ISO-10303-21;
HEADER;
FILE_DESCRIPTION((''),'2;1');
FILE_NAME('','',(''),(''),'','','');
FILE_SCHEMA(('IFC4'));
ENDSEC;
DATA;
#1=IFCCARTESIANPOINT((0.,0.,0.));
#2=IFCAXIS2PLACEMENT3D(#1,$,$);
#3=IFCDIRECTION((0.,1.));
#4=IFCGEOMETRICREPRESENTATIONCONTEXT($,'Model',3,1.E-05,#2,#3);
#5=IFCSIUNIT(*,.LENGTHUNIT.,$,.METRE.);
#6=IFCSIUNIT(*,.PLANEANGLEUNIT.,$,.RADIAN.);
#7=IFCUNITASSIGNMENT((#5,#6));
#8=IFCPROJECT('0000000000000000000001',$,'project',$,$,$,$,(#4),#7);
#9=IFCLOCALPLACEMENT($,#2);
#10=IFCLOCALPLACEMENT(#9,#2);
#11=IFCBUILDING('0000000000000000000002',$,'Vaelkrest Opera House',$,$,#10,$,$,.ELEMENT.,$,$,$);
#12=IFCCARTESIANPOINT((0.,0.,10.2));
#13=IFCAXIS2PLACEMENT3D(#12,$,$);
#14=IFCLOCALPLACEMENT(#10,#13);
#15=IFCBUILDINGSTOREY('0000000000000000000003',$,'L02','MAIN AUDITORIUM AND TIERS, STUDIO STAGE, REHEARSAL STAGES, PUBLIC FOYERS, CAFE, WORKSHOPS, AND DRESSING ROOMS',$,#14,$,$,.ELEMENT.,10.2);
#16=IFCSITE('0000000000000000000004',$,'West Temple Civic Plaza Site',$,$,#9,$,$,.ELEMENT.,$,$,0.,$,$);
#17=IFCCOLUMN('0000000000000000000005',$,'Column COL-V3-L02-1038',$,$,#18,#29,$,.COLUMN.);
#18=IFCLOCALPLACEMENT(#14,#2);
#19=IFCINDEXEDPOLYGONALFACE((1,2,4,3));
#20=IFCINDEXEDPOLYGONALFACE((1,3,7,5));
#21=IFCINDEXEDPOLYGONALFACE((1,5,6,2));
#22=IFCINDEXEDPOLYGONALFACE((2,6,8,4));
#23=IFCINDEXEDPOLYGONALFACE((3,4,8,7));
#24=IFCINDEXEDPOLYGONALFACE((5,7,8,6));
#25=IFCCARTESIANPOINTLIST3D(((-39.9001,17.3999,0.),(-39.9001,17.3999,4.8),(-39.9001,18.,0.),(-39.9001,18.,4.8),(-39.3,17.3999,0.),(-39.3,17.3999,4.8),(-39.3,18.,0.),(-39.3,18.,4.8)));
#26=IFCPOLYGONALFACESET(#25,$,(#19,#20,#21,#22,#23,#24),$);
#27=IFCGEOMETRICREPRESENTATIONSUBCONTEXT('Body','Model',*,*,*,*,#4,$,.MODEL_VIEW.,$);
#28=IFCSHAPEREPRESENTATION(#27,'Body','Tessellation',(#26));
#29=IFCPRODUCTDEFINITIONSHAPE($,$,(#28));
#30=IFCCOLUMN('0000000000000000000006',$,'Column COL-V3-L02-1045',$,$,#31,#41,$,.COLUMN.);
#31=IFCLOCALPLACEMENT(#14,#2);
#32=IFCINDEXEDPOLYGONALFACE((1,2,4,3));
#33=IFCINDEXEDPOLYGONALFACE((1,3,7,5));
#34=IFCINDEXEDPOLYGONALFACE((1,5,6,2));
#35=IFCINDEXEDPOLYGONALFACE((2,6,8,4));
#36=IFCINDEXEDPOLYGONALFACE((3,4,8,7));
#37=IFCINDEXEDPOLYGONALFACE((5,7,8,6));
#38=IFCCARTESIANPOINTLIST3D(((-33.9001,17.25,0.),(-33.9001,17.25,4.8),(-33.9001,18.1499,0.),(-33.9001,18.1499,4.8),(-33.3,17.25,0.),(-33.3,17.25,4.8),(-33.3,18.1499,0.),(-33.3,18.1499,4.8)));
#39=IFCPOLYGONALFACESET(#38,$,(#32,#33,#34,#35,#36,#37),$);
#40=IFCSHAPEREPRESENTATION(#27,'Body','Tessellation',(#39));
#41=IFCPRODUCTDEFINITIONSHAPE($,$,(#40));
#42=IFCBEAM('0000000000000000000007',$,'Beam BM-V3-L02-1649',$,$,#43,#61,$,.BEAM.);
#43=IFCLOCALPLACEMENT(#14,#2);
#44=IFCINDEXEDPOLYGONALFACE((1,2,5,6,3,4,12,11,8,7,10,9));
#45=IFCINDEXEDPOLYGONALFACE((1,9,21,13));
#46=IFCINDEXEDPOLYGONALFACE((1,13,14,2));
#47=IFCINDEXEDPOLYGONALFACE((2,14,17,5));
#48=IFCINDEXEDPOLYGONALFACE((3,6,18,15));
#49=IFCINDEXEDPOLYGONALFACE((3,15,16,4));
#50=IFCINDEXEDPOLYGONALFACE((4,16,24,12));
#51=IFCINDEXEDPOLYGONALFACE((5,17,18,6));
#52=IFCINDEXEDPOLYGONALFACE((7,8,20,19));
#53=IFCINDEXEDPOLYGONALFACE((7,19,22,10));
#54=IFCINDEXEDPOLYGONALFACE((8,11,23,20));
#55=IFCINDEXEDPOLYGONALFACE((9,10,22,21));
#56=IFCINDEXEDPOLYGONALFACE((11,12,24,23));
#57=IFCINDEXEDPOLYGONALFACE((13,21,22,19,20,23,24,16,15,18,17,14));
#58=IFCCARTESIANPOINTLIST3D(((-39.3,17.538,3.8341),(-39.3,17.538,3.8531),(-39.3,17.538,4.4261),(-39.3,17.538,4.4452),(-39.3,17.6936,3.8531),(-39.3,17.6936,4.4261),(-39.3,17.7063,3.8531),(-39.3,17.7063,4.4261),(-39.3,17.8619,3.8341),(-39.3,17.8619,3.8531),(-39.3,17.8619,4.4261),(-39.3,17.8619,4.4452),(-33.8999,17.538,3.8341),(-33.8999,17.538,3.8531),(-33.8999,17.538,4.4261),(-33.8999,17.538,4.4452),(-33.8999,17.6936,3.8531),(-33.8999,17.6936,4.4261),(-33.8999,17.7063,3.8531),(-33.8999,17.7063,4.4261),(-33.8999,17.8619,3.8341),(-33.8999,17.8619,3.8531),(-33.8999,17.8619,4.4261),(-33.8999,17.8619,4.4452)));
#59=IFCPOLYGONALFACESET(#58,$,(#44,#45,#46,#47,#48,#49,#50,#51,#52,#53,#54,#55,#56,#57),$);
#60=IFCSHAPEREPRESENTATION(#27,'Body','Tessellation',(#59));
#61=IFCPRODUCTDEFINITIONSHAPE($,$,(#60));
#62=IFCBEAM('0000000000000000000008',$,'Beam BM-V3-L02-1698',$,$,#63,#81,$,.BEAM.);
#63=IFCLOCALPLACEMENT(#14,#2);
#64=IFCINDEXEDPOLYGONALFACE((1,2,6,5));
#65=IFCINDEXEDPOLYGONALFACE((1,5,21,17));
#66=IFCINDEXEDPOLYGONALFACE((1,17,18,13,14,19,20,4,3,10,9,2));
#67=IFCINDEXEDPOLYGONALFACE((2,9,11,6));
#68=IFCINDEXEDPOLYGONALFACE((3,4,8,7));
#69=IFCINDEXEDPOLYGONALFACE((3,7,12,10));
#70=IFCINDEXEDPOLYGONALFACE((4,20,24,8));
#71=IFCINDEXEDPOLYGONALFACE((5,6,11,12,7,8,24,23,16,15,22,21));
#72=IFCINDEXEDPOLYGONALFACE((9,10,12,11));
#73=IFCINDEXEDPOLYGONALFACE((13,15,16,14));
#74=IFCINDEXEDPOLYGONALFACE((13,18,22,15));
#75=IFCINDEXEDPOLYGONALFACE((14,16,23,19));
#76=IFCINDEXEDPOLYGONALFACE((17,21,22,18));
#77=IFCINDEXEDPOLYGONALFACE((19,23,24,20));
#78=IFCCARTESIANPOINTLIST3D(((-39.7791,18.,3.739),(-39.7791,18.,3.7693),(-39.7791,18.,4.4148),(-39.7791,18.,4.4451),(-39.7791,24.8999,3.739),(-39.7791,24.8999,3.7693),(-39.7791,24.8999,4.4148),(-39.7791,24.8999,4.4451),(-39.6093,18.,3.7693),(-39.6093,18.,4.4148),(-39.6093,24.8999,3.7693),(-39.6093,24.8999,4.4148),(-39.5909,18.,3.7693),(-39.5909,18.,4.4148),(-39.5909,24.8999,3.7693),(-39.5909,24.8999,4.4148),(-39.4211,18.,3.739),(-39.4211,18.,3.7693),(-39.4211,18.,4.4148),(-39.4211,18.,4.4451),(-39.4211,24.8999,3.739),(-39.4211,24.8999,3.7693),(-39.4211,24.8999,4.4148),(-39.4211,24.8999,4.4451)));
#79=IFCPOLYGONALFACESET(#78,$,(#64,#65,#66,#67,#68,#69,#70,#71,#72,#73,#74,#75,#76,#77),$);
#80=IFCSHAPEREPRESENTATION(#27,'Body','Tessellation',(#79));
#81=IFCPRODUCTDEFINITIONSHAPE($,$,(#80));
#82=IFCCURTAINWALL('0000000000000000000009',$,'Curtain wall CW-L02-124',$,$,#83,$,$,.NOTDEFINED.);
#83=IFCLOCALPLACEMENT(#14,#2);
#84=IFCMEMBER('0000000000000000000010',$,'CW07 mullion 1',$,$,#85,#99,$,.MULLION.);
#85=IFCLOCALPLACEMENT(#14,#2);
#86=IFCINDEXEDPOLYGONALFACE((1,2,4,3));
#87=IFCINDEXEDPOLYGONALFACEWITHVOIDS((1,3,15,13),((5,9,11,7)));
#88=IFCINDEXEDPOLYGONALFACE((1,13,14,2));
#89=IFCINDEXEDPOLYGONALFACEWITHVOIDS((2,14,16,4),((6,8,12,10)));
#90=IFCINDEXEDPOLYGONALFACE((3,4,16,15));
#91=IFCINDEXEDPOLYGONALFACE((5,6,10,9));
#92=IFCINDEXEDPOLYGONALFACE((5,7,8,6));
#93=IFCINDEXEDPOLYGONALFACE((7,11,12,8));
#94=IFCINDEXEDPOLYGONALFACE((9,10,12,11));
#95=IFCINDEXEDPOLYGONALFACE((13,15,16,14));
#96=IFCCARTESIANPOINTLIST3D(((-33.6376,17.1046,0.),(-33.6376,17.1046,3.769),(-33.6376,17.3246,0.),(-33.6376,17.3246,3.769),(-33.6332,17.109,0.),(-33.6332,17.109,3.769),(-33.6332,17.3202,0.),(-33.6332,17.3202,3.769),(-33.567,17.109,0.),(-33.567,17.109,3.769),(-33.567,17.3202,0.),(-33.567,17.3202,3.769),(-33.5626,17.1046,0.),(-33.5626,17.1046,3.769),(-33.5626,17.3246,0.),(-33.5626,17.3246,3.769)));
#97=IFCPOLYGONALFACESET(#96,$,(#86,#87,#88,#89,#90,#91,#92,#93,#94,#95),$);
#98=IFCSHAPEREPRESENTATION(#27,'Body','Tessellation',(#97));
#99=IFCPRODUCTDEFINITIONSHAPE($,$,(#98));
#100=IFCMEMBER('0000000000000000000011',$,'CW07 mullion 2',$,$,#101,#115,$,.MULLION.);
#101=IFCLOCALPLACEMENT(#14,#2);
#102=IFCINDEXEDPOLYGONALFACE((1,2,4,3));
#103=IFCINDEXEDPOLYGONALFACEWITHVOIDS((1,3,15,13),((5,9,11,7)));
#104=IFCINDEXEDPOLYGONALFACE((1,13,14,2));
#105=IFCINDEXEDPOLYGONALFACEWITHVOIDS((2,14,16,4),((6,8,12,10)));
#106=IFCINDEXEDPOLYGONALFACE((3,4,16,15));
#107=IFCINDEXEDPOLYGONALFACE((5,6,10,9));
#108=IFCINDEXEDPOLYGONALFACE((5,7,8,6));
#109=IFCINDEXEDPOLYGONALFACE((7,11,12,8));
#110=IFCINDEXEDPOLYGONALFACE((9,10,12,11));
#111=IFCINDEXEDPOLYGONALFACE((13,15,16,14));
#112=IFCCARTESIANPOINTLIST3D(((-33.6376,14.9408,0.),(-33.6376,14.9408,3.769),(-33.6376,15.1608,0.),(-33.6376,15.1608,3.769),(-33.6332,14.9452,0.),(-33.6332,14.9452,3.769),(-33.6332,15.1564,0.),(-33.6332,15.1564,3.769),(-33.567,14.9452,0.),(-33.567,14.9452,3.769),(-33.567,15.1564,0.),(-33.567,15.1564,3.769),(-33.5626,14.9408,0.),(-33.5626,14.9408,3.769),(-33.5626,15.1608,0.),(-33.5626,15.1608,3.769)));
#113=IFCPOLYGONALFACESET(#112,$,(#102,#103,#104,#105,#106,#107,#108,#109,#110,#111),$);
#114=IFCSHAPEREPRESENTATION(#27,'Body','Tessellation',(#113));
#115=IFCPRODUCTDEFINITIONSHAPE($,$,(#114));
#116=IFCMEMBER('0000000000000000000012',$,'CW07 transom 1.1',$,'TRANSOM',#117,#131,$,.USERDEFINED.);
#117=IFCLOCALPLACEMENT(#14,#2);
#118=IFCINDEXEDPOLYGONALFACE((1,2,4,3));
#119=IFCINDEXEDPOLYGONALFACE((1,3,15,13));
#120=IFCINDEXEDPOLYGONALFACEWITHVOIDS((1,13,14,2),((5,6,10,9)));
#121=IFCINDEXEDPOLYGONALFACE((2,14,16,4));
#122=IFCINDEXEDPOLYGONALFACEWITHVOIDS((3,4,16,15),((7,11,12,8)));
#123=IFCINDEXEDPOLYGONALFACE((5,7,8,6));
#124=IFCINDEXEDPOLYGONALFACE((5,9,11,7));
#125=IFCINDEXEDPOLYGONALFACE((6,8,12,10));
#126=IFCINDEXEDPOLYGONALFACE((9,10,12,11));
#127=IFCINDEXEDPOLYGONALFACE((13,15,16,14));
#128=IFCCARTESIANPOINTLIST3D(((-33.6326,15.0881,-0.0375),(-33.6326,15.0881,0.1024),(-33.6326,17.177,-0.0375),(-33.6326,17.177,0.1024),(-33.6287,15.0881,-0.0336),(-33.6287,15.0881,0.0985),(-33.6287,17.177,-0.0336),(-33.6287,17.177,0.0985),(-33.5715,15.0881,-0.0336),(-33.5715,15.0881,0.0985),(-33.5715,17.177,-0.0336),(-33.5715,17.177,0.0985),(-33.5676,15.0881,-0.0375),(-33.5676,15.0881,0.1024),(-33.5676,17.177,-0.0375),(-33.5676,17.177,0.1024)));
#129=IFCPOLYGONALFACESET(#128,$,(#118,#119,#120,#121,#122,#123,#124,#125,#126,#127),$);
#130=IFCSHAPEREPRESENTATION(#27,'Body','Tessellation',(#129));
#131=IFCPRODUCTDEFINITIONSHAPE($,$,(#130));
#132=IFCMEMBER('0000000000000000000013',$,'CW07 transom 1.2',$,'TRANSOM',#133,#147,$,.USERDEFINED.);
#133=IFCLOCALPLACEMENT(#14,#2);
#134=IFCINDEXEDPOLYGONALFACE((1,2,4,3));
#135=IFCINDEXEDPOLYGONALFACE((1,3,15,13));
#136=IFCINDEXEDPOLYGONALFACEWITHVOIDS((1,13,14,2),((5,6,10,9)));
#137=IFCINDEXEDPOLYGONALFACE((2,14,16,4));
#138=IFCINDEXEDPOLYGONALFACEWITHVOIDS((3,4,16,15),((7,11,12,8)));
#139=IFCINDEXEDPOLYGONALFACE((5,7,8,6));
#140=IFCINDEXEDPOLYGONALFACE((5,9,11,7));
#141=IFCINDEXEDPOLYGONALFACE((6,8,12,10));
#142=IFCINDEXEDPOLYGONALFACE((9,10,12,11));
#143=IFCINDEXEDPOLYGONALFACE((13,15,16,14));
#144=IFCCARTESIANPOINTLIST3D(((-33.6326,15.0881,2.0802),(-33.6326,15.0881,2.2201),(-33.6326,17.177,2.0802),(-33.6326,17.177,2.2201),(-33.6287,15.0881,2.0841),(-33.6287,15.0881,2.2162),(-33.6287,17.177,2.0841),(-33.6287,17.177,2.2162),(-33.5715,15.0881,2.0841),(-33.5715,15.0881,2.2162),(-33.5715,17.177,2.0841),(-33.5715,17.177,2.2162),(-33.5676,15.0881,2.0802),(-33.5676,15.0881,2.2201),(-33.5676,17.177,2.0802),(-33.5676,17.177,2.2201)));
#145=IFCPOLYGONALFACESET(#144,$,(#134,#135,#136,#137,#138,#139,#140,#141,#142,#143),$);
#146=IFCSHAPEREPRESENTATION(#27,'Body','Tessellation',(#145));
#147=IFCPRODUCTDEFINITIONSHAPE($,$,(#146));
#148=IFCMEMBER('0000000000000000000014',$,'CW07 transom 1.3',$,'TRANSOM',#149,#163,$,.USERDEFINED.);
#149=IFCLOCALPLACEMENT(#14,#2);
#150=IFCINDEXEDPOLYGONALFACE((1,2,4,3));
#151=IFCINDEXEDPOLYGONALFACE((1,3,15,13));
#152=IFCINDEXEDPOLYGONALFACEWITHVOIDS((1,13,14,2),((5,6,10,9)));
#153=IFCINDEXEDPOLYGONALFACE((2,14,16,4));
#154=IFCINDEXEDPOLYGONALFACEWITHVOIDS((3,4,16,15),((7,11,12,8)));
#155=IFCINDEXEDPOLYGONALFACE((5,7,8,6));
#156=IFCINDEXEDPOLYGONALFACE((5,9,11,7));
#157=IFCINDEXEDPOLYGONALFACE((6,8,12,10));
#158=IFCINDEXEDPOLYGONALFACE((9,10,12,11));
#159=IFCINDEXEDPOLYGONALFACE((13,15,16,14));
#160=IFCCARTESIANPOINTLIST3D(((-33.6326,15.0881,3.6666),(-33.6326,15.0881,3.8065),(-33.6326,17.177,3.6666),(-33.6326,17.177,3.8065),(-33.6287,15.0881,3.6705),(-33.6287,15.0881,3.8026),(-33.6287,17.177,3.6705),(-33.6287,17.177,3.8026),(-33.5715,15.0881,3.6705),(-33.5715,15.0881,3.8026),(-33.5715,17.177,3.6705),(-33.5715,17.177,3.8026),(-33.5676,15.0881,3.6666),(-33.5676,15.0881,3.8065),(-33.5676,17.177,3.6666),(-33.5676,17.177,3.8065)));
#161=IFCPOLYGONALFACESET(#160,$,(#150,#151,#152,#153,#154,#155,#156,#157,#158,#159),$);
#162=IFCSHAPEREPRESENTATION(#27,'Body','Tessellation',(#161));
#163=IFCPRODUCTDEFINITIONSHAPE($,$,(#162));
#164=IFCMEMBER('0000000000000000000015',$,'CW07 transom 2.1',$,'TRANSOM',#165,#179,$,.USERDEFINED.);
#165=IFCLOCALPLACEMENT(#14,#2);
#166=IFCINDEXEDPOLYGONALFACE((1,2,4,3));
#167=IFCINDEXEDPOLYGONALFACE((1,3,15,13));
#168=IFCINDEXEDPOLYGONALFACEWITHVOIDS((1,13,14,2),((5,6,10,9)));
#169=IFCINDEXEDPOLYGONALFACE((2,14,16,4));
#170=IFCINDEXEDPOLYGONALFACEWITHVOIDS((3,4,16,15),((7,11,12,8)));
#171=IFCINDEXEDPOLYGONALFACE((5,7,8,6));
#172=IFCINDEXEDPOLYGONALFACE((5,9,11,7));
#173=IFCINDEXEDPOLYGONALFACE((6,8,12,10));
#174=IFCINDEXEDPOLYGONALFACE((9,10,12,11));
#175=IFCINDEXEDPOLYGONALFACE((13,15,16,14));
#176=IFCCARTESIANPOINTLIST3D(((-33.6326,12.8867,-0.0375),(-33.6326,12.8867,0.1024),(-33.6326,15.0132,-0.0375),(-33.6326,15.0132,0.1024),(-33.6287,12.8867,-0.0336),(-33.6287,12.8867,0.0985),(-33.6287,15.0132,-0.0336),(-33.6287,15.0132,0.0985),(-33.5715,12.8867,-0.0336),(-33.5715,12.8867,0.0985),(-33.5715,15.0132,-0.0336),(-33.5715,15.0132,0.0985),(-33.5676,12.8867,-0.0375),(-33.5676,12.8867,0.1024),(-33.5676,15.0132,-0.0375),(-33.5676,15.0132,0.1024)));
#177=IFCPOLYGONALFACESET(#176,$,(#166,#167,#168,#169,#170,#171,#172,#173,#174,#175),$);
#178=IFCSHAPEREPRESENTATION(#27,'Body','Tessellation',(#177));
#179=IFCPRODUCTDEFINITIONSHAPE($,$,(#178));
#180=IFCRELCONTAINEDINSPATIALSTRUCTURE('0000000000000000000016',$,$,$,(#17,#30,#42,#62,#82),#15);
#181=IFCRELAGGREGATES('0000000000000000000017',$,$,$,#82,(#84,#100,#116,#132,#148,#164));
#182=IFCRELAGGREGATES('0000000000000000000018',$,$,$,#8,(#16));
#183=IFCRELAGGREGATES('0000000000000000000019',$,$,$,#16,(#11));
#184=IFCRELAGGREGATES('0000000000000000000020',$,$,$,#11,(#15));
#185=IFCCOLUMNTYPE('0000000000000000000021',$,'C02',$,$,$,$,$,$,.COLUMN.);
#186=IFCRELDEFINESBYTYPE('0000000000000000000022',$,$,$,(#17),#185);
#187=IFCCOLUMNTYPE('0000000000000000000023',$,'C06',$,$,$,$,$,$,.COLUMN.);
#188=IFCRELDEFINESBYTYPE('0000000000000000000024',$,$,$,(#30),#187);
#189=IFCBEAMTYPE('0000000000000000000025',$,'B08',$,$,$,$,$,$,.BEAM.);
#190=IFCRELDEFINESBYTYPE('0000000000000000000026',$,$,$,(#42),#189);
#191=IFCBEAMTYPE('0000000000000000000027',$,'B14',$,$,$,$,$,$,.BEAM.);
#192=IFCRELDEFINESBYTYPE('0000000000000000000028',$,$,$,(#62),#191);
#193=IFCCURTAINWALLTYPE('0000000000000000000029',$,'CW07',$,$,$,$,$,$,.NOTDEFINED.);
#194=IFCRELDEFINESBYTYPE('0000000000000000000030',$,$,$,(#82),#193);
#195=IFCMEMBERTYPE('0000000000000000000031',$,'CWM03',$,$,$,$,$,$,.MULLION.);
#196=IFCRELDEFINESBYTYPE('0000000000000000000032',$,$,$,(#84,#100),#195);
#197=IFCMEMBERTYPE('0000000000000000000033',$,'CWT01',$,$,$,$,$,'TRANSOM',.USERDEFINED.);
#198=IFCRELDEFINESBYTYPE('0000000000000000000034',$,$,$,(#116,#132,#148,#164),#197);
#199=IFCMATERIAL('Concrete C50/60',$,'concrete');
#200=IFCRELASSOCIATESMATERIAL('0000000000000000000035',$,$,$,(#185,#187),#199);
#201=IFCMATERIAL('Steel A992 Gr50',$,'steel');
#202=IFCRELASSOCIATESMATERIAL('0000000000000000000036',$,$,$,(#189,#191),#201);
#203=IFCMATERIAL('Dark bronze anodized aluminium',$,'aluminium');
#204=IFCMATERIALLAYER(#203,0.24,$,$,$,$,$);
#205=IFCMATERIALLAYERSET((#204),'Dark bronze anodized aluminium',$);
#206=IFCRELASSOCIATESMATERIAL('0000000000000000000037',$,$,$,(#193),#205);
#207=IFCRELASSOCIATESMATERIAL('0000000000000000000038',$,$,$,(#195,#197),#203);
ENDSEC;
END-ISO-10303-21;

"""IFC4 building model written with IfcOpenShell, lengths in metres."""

from ifc_helpers import new_model, si_unit, direction, frame, origin, origin_2d, place, context, subcontext, project, spatial, rectangle, hollow_rectangle, i_section, extrude, material, layer, layer_set, material_profile, profile_set, type_object, element, aggregate, save


model = new_model("IFC4")

# Units and contexts
model_context = context("Model", 3, precision=1e-05, world=origin(), true_north=direction((0.0, 1.0)))
body_context = subcontext(model_context, "Body", "Model", "MODEL_VIEW")
ifc_project = project(units=[si_unit("LENGTHUNIT", "METRE"), si_unit("PLANEANGLEUNIT", "RADIAN")], contexts=[model_context])

# Site, building, storey
site_placement = place(None, origin())
site = spatial("IfcSite", under=ifc_project, at=site_placement, Name="West Temple Civic Plaza Site", CompositionType="ELEMENT", RefElevation=0.0)
building_placement = place(site_placement, origin())
building = spatial("IfcBuilding", under=site, at=building_placement, Name="Vaelkrest Opera House", CompositionType="ELEMENT")
storey_placement = place(building_placement, frame((0.0, 0.0, 10.2)))
storey = spatial("IfcBuildingStorey", under=building, at=storey_placement, Name="L02", Description="MAIN AUDITORIUM AND TIERS, STUDIO STAGE, REHEARSAL STAGES, PUBLIC FOYERS, CAFE, WORKSHOPS, AND DRESSING ROOMS", CompositionType="ELEMENT", Elevation=10.2)

# Columns
ifc_material_1 = material(Name="Concrete C50/60", Category="concrete")
ifc_material_profile_1 = material_profile(ifc_material_1, rectangle(XDim=0.6001, YDim=0.6001, at=origin_2d()), Name="RC600X600")
ifc_profile_set_1 = profile_set([ifc_material_profile_1], Name="Concrete C50/60")
column_type_1 = type_object("IfcColumnType", Name="C02", PredefinedType="COLUMN", material=ifc_profile_set_1)
column_1_placement = place(storey_placement, frame((-39.6001, 17.7, 0.0), z_axis=(0.0, 0.0, 1.0), x_axis=(1.0, 0.0, 0.0)))
element("IfcColumn", 1, at=column_1_placement, inside=storey, type_object=column_type_1, Name="Column COL-V3-L02-1038", PredefinedType="COLUMN", context=body_context, shape_type="SweptSolid", body=[
    extrude(rectangle(XDim=0.6001, YDim=0.6001, at=origin_2d()), origin(), (0.0, 0.0, 1.0), 4.8),
])
ifc_material_profile_2 = material_profile(ifc_material_1, rectangle(XDim=0.6001, YDim=0.8999, at=origin_2d()), Name="RC600X900")
ifc_profile_set_2 = profile_set([ifc_material_profile_2], Name="Concrete C50/60")
column_type_2 = type_object("IfcColumnType", Name="C06", PredefinedType="COLUMN", material=ifc_profile_set_2)
column_2_placement = place(storey_placement, frame((-33.6001, 17.7, 0.0), z_axis=(0.0, 0.0, 1.0), x_axis=(1.0, 0.0, 0.0)))
element("IfcColumn", 2, at=column_2_placement, inside=storey, type_object=column_type_2, Name="Column COL-V3-L02-1045", PredefinedType="COLUMN", context=body_context, shape_type="SweptSolid", body=[
    extrude(rectangle(XDim=0.6001, YDim=0.8999, at=origin_2d()), origin(), (0.0, 0.0, 1.0), 4.8),
])

# Beams
ifc_material_2 = material(Name="Steel A992 Gr50", Category="steel")
ifc_material_profile_3 = material_profile(ifc_material_2, i_section(OverallWidth=0.324, OverallDepth=0.6111, WebThickness=0.0127, FlangeThickness=0.019, at=origin_2d()), Name="W24X104")
ifc_profile_set_3 = profile_set([ifc_material_profile_3], Name="Steel A992 Gr50")
beam_type_1 = type_object("IfcBeamType", Name="B08", PredefinedType="BEAM", material=ifc_profile_set_3)
beam_1_placement = place(storey_placement, frame((-39.3, 17.7, 4.1396), z_axis=(1.0, 0.0, 0.0), x_axis=(0.0, 1.0, 0.0)))
element("IfcBeam", 3, at=beam_1_placement, inside=storey, type_object=beam_type_1, Name="Beam BM-V3-L02-1649", PredefinedType="BEAM", context=body_context, shape_type="SweptSolid", body=[
    extrude(i_section(OverallWidth=0.324, OverallDepth=0.6111, WebThickness=0.0127, FlangeThickness=0.019, at=origin_2d()), origin(), (0.0, 0.0, 1.0), 5.4001),
])
ifc_material_profile_4 = material_profile(ifc_material_2, i_section(OverallWidth=0.3579, OverallDepth=0.7061, WebThickness=0.0183, FlangeThickness=0.0303, at=origin_2d()), Name="W27X178")
ifc_profile_set_4 = profile_set([ifc_material_profile_4], Name="Steel A992 Gr50")
beam_type_2 = type_object("IfcBeamType", Name="B14", PredefinedType="BEAM", material=ifc_profile_set_4)
beam_2_placement = place(storey_placement, frame((-39.6001, 18.0, 4.092), z_axis=(0.0, 1.0, 0.0), x_axis=(-1.0, 0.0, 0.0)))
element("IfcBeam", 4, at=beam_2_placement, inside=storey, type_object=beam_type_2, Name="Beam BM-V3-L02-1698", PredefinedType="BEAM", context=body_context, shape_type="SweptSolid", body=[
    extrude(i_section(OverallWidth=0.3579, OverallDepth=0.7061, WebThickness=0.0183, FlangeThickness=0.0303, at=origin_2d()), origin(), (0.0, 0.0, 1.0), 6.8999),
])

# Curtain wall, members
ifc_material_3 = material(Name="Dark bronze anodized aluminium", Category="aluminium")
ifc_layer_1 = layer(ifc_material_3, 0.24)
ifc_layer_set_1 = layer_set([ifc_layer_1], Name="Dark bronze anodized aluminium")
curtain_wall_type = type_object("IfcCurtainWallType", Name="CW07", PredefinedType="NOTDEFINED", material=ifc_layer_set_1)
curtain_wall_placement = place(storey_placement, origin())
curtain_wall = element("IfcCurtainWall", 5, at=curtain_wall_placement, inside=storey, type_object=curtain_wall_type, Name="Curtain wall CW-L02-124", PredefinedType="NOTDEFINED")
ifc_material_profile_5 = material_profile(ifc_material_3, hollow_rectangle(XDim=0.075, YDim=0.22, WallThickness=0.0044, at=origin_2d()), Name="CWM75X220")
ifc_profile_set_5 = profile_set([ifc_material_profile_5], Name="Dark bronze anodized aluminium")
member_type_1 = type_object("IfcMemberType", Name="CWM03", PredefinedType="MULLION", material=ifc_profile_set_5)
member_1_placement = place(storey_placement, frame((-33.6001, 17.2146, 0.0), z_axis=(0.0, 0.0, 1.0), x_axis=(1.0, 0.0, 0.0)))
member_1 = element("IfcMember", 6, at=member_1_placement, type_object=member_type_1, Name="CW07 mullion 1", PredefinedType="MULLION", context=body_context, shape_type="SweptSolid", body=[
    extrude(hollow_rectangle(XDim=0.075, YDim=0.22, WallThickness=0.0044, at=origin_2d()), origin(), (0.0, 0.0, 1.0), 3.769),
])
member_2_placement = place(storey_placement, frame((-33.6001, 15.0508, 0.0), z_axis=(0.0, 0.0, 1.0), x_axis=(1.0, 0.0, 0.0)))
member_2 = element("IfcMember", 7, at=member_2_placement, type_object=member_type_1, Name="CW07 mullion 2", PredefinedType="MULLION", context=body_context, shape_type="SweptSolid", body=[
    extrude(hollow_rectangle(XDim=0.075, YDim=0.22, WallThickness=0.0044, at=origin_2d()), origin(), (0.0, 0.0, 1.0), 3.769),
])
ifc_material_profile_6 = material_profile(ifc_material_3, hollow_rectangle(XDim=0.0649, YDim=0.1399, WallThickness=0.0039, at=origin_2d()), Name="CWT65X140")
ifc_profile_set_6 = profile_set([ifc_material_profile_6], Name="Dark bronze anodized aluminium")
member_type_2 = type_object("IfcMemberType", Name="CWT01", ElementType="TRANSOM", PredefinedType="USERDEFINED", material=ifc_profile_set_6)
member_3_placement = place(storey_placement, frame((-33.6001, 17.177, 0.0325), z_axis=(0.0, -1.0, 0.0), x_axis=(1.0, 0.0, 0.0)))
member_3 = element("IfcMember", 8, at=member_3_placement, type_object=member_type_2, Name="CW07 transom 1.1", ObjectType="TRANSOM", PredefinedType="USERDEFINED", context=body_context, shape_type="SweptSolid", body=[
    extrude(hollow_rectangle(XDim=0.0649, YDim=0.1399, WallThickness=0.0039, at=origin_2d()), origin(), (0.0, 0.0, 1.0), 2.0889),
])
member_4_placement = place(storey_placement, frame((-33.6001, 17.177, 2.1501), z_axis=(0.0, -1.0, 0.0), x_axis=(1.0, 0.0, 0.0)))
member_4 = element("IfcMember", 9, at=member_4_placement, type_object=member_type_2, Name="CW07 transom 1.2", ObjectType="TRANSOM", PredefinedType="USERDEFINED", context=body_context, shape_type="SweptSolid", body=[
    extrude(hollow_rectangle(XDim=0.0649, YDim=0.1399, WallThickness=0.0039, at=origin_2d()), origin(), (0.0, 0.0, 1.0), 2.0889),
])
member_5_placement = place(storey_placement, frame((-33.6001, 17.177, 3.7366), z_axis=(0.0, -1.0, 0.0), x_axis=(1.0, 0.0, 0.0)))
member_5 = element("IfcMember", 10, at=member_5_placement, type_object=member_type_2, Name="CW07 transom 1.3", ObjectType="TRANSOM", PredefinedType="USERDEFINED", context=body_context, shape_type="SweptSolid", body=[
    extrude(hollow_rectangle(XDim=0.0649, YDim=0.1399, WallThickness=0.0039, at=origin_2d()), origin(), (0.0, 0.0, 1.0), 2.0889),
])
member_6_placement = place(storey_placement, frame((-33.6001, 15.0132, 0.0325), z_axis=(0.0, -1.0, 0.0), x_axis=(1.0, 0.0, 0.0)))
member_6 = element("IfcMember", 11, at=member_6_placement, type_object=member_type_2, Name="CW07 transom 2.1", ObjectType="TRANSOM", PredefinedType="USERDEFINED", context=body_context, shape_type="SweptSolid", body=[
    extrude(hollow_rectangle(XDim=0.0649, YDim=0.1399, WallThickness=0.0039, at=origin_2d()), origin(), (0.0, 0.0, 1.0), 2.1265),
])

aggregate(curtain_wall, [member_1, member_2, member_3, member_4, member_5, member_6])

save(model, "model.ifc")
